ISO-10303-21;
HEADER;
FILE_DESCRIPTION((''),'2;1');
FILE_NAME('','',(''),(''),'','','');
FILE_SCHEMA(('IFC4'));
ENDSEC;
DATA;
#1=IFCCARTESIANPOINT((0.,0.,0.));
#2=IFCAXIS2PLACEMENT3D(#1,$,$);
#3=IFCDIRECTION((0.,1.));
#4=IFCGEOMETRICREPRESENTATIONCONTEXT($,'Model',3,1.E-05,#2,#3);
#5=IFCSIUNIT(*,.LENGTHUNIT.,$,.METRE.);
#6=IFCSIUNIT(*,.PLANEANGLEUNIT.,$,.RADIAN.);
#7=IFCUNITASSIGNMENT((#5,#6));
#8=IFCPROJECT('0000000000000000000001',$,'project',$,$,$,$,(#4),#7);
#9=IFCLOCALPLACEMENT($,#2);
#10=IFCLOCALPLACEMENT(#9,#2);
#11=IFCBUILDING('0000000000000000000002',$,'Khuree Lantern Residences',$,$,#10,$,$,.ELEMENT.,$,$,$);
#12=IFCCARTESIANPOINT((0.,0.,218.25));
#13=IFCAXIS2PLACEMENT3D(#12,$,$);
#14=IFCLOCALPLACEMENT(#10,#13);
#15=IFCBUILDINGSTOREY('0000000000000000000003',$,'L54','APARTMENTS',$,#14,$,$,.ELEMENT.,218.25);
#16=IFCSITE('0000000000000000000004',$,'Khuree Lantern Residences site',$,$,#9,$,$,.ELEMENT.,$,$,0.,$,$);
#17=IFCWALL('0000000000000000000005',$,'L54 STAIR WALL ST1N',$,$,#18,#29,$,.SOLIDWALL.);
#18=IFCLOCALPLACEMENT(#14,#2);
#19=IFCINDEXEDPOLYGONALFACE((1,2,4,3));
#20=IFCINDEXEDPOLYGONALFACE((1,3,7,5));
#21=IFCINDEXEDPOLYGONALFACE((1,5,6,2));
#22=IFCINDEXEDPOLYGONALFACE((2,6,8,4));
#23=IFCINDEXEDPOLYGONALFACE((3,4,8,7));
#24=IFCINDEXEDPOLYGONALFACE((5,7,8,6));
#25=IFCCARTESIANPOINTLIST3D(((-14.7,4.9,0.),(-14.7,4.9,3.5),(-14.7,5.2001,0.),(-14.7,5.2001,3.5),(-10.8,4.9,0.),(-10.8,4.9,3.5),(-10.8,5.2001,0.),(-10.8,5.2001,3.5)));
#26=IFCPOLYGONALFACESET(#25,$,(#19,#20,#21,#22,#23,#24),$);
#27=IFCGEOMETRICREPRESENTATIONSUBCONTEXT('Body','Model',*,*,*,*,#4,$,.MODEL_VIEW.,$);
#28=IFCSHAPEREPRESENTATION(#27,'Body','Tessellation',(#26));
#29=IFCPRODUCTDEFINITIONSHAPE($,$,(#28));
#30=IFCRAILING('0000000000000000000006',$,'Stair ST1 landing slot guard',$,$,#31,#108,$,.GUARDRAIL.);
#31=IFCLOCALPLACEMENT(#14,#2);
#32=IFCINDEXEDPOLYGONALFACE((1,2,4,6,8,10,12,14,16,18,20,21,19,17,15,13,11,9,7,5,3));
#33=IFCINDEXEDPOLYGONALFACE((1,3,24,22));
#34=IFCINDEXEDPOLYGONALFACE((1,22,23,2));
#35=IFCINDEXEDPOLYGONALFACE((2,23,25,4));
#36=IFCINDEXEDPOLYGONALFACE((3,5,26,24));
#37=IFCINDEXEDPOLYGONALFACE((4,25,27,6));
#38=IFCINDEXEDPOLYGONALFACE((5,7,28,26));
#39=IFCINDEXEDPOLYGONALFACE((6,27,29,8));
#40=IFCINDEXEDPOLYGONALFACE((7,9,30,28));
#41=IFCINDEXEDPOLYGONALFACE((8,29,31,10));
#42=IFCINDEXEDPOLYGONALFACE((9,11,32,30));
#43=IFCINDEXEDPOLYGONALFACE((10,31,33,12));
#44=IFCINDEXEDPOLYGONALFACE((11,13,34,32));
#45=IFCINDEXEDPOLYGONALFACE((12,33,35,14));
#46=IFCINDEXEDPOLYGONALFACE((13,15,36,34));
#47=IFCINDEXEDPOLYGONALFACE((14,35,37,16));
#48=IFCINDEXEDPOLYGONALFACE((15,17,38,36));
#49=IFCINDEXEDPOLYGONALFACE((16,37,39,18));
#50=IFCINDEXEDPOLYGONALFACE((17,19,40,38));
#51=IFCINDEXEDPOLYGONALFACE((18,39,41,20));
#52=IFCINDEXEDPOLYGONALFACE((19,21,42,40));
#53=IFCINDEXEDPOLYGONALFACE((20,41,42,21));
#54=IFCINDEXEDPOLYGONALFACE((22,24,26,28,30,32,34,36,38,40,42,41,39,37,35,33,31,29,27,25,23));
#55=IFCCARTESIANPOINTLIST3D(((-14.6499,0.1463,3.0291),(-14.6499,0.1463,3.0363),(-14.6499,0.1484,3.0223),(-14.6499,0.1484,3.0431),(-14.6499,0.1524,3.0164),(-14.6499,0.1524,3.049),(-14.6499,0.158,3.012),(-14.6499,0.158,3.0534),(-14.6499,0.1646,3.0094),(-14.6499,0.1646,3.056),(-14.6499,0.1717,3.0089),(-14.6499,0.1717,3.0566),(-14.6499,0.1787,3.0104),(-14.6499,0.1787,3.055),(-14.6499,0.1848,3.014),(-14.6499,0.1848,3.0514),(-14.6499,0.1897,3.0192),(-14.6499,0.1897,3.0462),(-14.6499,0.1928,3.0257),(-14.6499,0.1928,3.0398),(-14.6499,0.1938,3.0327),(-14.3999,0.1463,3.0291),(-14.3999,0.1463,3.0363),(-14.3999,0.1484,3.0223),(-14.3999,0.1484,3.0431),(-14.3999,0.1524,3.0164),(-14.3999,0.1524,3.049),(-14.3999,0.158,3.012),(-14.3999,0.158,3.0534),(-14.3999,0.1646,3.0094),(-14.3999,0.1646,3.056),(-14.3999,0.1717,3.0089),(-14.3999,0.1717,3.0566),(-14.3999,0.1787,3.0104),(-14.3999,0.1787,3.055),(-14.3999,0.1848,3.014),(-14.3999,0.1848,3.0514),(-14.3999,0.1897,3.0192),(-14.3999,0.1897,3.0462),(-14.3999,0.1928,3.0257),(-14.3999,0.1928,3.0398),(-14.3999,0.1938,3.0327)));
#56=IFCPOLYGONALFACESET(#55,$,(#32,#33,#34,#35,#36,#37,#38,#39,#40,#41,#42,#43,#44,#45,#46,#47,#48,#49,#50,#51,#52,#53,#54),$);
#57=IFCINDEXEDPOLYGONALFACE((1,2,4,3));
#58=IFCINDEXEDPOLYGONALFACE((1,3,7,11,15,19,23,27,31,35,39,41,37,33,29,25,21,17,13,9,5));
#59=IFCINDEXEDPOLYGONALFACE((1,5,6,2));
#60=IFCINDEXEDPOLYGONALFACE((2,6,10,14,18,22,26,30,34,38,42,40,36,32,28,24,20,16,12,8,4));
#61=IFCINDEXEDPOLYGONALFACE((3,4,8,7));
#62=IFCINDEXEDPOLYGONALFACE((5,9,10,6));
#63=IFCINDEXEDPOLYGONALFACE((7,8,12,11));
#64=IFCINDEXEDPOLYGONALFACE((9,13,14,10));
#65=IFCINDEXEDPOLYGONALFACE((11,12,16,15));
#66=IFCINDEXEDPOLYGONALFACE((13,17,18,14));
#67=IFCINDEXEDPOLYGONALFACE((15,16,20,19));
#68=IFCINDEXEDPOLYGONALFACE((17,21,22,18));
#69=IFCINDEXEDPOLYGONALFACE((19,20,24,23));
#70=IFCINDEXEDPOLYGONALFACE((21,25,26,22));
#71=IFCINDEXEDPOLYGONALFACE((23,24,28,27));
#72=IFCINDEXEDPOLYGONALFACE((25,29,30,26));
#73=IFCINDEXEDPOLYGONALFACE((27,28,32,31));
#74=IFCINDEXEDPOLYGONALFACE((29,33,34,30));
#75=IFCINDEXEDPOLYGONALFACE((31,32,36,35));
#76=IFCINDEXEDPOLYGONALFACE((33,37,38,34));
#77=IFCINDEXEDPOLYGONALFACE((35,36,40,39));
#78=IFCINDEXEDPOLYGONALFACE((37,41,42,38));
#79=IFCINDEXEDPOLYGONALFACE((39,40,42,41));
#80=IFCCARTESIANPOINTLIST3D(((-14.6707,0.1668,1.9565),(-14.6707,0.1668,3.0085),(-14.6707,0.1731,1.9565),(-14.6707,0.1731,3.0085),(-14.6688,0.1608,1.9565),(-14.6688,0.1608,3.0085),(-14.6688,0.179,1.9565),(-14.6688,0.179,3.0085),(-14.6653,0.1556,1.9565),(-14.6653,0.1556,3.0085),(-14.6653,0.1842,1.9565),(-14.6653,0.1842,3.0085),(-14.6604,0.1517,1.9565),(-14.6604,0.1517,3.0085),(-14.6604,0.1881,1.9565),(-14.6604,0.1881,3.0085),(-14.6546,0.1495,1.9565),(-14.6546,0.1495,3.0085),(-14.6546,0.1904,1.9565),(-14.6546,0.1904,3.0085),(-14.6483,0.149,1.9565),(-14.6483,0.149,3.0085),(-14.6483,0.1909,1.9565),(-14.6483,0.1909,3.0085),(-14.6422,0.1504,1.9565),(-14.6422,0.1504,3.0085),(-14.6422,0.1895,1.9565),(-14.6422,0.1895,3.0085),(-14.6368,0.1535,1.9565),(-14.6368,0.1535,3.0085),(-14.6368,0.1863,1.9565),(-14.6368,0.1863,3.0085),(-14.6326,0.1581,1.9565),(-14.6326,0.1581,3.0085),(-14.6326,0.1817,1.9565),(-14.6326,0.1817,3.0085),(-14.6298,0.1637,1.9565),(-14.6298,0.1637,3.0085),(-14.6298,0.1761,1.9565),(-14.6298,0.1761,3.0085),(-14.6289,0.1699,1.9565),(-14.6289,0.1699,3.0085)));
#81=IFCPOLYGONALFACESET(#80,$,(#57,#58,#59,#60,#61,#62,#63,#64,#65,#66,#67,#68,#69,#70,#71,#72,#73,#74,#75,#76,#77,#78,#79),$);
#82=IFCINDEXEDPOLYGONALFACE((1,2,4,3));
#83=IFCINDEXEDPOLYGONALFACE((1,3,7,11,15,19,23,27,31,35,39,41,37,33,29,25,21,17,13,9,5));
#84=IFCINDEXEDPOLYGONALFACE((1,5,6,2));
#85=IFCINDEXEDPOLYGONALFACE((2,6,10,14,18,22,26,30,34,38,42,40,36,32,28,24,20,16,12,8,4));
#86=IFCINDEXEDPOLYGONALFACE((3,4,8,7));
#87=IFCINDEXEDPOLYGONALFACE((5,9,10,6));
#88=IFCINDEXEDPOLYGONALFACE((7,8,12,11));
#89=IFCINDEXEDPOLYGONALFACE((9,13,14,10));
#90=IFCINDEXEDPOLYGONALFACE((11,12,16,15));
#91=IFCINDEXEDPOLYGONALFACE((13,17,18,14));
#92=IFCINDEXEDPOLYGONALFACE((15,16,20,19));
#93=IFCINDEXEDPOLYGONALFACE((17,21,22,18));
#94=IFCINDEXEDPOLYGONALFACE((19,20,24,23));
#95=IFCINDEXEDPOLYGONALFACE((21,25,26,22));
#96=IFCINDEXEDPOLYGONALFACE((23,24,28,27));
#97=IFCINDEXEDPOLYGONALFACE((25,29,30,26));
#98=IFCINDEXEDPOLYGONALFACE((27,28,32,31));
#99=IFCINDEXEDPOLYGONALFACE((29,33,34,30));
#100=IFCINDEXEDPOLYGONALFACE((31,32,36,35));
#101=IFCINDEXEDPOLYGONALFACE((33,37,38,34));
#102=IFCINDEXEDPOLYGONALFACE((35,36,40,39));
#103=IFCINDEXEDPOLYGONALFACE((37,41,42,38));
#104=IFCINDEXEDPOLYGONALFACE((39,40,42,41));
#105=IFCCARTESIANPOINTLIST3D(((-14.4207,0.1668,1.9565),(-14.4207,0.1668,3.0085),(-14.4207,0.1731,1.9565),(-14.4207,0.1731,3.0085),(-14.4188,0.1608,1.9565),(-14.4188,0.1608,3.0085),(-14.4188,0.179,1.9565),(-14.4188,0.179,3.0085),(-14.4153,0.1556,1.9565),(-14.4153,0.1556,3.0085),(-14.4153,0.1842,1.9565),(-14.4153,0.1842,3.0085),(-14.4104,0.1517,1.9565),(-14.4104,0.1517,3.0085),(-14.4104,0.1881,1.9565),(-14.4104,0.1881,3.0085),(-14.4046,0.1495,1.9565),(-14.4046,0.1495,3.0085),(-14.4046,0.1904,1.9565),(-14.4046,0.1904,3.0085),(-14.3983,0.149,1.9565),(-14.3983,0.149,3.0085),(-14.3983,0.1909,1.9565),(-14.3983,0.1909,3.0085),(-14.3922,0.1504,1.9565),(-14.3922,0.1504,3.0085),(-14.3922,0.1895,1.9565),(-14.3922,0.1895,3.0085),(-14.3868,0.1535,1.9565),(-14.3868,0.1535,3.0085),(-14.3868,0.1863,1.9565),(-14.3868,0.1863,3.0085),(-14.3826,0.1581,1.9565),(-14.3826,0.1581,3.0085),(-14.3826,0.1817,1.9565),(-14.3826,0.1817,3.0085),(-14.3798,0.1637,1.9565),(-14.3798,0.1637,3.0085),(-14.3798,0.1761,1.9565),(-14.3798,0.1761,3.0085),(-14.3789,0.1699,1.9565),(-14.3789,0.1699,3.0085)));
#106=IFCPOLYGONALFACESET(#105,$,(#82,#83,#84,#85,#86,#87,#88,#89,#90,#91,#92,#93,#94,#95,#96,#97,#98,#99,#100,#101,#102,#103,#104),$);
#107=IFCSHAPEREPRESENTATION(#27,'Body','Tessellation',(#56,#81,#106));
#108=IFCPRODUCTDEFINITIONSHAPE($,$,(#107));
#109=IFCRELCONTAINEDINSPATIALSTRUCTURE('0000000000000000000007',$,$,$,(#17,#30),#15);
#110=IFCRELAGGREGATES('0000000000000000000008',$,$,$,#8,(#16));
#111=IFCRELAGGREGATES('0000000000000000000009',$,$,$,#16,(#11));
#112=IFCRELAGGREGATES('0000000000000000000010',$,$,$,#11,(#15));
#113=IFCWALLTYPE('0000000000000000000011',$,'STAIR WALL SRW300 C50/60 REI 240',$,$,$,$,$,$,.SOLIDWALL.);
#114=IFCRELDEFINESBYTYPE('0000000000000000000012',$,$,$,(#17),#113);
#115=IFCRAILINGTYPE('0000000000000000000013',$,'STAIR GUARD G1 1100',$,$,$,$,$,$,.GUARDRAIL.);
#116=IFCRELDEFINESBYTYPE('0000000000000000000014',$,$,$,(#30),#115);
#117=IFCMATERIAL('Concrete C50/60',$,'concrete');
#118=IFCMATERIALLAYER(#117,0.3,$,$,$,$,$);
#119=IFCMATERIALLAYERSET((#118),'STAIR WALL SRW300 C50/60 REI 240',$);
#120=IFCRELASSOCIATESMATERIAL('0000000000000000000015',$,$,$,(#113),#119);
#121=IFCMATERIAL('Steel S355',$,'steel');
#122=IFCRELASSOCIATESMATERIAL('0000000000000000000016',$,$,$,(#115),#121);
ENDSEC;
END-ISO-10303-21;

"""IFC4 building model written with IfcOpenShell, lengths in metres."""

from ifc_helpers import new_model, si_unit, direction, frame, frame_2d, origin, origin_2d, place, context, subcontext, project, spatial, rectangle, circle, extrude, material, layer, layer_set, type_object, element, save


model = new_model("IFC4")

# Units and contexts
model_context = context("Model", 3, precision=1e-05, world=origin(), true_north=direction((0.0, 1.0)))
body_context = subcontext(model_context, "Body", "Model", "MODEL_VIEW")
ifc_project = project(units=[si_unit("LENGTHUNIT", "METRE"), si_unit("PLANEANGLEUNIT", "RADIAN")], contexts=[model_context])

# Site, building, storey
site_placement = place(None, origin())
site = spatial("IfcSite", under=ifc_project, at=site_placement, Name="Khuree Lantern Residences site", CompositionType="ELEMENT", RefElevation=0.0)
building_placement = place(site_placement, origin())
building = spatial("IfcBuilding", under=site, at=building_placement, Name="Khuree Lantern Residences", CompositionType="ELEMENT")
storey_placement = place(building_placement, frame((0.0, 0.0, 218.25)))
storey = spatial("IfcBuildingStorey", under=building, at=storey_placement, Name="L54", Description="APARTMENTS", CompositionType="ELEMENT", Elevation=218.25)

# Shared definitions
ifc_material_1 = material(Name="Concrete C50/60", Category="concrete")

# Wall
ifc_layer_1 = layer(ifc_material_1, 0.3)
ifc_layer_set_1 = layer_set([ifc_layer_1], Name="STAIR WALL SRW300 C50/60 REI 240")
wall_type_1 = type_object("IfcWallType", Name="STAIR WALL SRW300 C50/60 REI 240", PredefinedType="SOLIDWALL", material=ifc_layer_set_1)
wall_1_placement = place(storey_placement, frame((-14.7, 5.05, 0.0), z_axis=(0.0, 0.0, 1.0), x_axis=(1.0, 0.0, 0.0)))
element("IfcWall", 1, at=wall_1_placement, inside=storey, type_object=wall_type_1, Name="L54 STAIR WALL ST1N", PredefinedType="SOLIDWALL", context=body_context, shape_type="SweptSolid", body=[
    extrude(rectangle(XDim=3.8999, YDim=0.3, at=frame_2d((1.95, 0.0))), origin(), (0.0, 0.0, 1.0), 3.5),
])

# Railing
ifc_material_2 = material(Name="Steel S355", Category="steel")
railing_type = type_object("IfcRailingType", Name="STAIR GUARD G1 1100", PredefinedType="GUARDRAIL", material=ifc_material_2)
railing_placement = place(storey_placement, frame((-14.6499, 0.1699, 1.9565)))
element("IfcRailing", 2, at=railing_placement, inside=storey, type_object=railing_type, Name="Stair ST1 landing slot guard", PredefinedType="GUARDRAIL", context=body_context, shape_type="SweptSolid", body=[
    extrude(circle(Radius=0.0239, at=origin_2d()), frame((0.0, 0.0, 1.0762), z_axis=(1.0, 0.0, 0.0), x_axis=(0.0, 1.0, 0.0)), (0.0, 0.0, 1.0), 0.25),
    extrude(circle(Radius=0.021, at=origin_2d()), origin(), (0.0, 0.0, 1.0), 1.052),
    extrude(circle(Radius=0.021, at=origin_2d()), frame((0.25, 0.0, 0.0)), (0.0, 0.0, 1.0), 1.052),
])

save(model, "model.ifc")
